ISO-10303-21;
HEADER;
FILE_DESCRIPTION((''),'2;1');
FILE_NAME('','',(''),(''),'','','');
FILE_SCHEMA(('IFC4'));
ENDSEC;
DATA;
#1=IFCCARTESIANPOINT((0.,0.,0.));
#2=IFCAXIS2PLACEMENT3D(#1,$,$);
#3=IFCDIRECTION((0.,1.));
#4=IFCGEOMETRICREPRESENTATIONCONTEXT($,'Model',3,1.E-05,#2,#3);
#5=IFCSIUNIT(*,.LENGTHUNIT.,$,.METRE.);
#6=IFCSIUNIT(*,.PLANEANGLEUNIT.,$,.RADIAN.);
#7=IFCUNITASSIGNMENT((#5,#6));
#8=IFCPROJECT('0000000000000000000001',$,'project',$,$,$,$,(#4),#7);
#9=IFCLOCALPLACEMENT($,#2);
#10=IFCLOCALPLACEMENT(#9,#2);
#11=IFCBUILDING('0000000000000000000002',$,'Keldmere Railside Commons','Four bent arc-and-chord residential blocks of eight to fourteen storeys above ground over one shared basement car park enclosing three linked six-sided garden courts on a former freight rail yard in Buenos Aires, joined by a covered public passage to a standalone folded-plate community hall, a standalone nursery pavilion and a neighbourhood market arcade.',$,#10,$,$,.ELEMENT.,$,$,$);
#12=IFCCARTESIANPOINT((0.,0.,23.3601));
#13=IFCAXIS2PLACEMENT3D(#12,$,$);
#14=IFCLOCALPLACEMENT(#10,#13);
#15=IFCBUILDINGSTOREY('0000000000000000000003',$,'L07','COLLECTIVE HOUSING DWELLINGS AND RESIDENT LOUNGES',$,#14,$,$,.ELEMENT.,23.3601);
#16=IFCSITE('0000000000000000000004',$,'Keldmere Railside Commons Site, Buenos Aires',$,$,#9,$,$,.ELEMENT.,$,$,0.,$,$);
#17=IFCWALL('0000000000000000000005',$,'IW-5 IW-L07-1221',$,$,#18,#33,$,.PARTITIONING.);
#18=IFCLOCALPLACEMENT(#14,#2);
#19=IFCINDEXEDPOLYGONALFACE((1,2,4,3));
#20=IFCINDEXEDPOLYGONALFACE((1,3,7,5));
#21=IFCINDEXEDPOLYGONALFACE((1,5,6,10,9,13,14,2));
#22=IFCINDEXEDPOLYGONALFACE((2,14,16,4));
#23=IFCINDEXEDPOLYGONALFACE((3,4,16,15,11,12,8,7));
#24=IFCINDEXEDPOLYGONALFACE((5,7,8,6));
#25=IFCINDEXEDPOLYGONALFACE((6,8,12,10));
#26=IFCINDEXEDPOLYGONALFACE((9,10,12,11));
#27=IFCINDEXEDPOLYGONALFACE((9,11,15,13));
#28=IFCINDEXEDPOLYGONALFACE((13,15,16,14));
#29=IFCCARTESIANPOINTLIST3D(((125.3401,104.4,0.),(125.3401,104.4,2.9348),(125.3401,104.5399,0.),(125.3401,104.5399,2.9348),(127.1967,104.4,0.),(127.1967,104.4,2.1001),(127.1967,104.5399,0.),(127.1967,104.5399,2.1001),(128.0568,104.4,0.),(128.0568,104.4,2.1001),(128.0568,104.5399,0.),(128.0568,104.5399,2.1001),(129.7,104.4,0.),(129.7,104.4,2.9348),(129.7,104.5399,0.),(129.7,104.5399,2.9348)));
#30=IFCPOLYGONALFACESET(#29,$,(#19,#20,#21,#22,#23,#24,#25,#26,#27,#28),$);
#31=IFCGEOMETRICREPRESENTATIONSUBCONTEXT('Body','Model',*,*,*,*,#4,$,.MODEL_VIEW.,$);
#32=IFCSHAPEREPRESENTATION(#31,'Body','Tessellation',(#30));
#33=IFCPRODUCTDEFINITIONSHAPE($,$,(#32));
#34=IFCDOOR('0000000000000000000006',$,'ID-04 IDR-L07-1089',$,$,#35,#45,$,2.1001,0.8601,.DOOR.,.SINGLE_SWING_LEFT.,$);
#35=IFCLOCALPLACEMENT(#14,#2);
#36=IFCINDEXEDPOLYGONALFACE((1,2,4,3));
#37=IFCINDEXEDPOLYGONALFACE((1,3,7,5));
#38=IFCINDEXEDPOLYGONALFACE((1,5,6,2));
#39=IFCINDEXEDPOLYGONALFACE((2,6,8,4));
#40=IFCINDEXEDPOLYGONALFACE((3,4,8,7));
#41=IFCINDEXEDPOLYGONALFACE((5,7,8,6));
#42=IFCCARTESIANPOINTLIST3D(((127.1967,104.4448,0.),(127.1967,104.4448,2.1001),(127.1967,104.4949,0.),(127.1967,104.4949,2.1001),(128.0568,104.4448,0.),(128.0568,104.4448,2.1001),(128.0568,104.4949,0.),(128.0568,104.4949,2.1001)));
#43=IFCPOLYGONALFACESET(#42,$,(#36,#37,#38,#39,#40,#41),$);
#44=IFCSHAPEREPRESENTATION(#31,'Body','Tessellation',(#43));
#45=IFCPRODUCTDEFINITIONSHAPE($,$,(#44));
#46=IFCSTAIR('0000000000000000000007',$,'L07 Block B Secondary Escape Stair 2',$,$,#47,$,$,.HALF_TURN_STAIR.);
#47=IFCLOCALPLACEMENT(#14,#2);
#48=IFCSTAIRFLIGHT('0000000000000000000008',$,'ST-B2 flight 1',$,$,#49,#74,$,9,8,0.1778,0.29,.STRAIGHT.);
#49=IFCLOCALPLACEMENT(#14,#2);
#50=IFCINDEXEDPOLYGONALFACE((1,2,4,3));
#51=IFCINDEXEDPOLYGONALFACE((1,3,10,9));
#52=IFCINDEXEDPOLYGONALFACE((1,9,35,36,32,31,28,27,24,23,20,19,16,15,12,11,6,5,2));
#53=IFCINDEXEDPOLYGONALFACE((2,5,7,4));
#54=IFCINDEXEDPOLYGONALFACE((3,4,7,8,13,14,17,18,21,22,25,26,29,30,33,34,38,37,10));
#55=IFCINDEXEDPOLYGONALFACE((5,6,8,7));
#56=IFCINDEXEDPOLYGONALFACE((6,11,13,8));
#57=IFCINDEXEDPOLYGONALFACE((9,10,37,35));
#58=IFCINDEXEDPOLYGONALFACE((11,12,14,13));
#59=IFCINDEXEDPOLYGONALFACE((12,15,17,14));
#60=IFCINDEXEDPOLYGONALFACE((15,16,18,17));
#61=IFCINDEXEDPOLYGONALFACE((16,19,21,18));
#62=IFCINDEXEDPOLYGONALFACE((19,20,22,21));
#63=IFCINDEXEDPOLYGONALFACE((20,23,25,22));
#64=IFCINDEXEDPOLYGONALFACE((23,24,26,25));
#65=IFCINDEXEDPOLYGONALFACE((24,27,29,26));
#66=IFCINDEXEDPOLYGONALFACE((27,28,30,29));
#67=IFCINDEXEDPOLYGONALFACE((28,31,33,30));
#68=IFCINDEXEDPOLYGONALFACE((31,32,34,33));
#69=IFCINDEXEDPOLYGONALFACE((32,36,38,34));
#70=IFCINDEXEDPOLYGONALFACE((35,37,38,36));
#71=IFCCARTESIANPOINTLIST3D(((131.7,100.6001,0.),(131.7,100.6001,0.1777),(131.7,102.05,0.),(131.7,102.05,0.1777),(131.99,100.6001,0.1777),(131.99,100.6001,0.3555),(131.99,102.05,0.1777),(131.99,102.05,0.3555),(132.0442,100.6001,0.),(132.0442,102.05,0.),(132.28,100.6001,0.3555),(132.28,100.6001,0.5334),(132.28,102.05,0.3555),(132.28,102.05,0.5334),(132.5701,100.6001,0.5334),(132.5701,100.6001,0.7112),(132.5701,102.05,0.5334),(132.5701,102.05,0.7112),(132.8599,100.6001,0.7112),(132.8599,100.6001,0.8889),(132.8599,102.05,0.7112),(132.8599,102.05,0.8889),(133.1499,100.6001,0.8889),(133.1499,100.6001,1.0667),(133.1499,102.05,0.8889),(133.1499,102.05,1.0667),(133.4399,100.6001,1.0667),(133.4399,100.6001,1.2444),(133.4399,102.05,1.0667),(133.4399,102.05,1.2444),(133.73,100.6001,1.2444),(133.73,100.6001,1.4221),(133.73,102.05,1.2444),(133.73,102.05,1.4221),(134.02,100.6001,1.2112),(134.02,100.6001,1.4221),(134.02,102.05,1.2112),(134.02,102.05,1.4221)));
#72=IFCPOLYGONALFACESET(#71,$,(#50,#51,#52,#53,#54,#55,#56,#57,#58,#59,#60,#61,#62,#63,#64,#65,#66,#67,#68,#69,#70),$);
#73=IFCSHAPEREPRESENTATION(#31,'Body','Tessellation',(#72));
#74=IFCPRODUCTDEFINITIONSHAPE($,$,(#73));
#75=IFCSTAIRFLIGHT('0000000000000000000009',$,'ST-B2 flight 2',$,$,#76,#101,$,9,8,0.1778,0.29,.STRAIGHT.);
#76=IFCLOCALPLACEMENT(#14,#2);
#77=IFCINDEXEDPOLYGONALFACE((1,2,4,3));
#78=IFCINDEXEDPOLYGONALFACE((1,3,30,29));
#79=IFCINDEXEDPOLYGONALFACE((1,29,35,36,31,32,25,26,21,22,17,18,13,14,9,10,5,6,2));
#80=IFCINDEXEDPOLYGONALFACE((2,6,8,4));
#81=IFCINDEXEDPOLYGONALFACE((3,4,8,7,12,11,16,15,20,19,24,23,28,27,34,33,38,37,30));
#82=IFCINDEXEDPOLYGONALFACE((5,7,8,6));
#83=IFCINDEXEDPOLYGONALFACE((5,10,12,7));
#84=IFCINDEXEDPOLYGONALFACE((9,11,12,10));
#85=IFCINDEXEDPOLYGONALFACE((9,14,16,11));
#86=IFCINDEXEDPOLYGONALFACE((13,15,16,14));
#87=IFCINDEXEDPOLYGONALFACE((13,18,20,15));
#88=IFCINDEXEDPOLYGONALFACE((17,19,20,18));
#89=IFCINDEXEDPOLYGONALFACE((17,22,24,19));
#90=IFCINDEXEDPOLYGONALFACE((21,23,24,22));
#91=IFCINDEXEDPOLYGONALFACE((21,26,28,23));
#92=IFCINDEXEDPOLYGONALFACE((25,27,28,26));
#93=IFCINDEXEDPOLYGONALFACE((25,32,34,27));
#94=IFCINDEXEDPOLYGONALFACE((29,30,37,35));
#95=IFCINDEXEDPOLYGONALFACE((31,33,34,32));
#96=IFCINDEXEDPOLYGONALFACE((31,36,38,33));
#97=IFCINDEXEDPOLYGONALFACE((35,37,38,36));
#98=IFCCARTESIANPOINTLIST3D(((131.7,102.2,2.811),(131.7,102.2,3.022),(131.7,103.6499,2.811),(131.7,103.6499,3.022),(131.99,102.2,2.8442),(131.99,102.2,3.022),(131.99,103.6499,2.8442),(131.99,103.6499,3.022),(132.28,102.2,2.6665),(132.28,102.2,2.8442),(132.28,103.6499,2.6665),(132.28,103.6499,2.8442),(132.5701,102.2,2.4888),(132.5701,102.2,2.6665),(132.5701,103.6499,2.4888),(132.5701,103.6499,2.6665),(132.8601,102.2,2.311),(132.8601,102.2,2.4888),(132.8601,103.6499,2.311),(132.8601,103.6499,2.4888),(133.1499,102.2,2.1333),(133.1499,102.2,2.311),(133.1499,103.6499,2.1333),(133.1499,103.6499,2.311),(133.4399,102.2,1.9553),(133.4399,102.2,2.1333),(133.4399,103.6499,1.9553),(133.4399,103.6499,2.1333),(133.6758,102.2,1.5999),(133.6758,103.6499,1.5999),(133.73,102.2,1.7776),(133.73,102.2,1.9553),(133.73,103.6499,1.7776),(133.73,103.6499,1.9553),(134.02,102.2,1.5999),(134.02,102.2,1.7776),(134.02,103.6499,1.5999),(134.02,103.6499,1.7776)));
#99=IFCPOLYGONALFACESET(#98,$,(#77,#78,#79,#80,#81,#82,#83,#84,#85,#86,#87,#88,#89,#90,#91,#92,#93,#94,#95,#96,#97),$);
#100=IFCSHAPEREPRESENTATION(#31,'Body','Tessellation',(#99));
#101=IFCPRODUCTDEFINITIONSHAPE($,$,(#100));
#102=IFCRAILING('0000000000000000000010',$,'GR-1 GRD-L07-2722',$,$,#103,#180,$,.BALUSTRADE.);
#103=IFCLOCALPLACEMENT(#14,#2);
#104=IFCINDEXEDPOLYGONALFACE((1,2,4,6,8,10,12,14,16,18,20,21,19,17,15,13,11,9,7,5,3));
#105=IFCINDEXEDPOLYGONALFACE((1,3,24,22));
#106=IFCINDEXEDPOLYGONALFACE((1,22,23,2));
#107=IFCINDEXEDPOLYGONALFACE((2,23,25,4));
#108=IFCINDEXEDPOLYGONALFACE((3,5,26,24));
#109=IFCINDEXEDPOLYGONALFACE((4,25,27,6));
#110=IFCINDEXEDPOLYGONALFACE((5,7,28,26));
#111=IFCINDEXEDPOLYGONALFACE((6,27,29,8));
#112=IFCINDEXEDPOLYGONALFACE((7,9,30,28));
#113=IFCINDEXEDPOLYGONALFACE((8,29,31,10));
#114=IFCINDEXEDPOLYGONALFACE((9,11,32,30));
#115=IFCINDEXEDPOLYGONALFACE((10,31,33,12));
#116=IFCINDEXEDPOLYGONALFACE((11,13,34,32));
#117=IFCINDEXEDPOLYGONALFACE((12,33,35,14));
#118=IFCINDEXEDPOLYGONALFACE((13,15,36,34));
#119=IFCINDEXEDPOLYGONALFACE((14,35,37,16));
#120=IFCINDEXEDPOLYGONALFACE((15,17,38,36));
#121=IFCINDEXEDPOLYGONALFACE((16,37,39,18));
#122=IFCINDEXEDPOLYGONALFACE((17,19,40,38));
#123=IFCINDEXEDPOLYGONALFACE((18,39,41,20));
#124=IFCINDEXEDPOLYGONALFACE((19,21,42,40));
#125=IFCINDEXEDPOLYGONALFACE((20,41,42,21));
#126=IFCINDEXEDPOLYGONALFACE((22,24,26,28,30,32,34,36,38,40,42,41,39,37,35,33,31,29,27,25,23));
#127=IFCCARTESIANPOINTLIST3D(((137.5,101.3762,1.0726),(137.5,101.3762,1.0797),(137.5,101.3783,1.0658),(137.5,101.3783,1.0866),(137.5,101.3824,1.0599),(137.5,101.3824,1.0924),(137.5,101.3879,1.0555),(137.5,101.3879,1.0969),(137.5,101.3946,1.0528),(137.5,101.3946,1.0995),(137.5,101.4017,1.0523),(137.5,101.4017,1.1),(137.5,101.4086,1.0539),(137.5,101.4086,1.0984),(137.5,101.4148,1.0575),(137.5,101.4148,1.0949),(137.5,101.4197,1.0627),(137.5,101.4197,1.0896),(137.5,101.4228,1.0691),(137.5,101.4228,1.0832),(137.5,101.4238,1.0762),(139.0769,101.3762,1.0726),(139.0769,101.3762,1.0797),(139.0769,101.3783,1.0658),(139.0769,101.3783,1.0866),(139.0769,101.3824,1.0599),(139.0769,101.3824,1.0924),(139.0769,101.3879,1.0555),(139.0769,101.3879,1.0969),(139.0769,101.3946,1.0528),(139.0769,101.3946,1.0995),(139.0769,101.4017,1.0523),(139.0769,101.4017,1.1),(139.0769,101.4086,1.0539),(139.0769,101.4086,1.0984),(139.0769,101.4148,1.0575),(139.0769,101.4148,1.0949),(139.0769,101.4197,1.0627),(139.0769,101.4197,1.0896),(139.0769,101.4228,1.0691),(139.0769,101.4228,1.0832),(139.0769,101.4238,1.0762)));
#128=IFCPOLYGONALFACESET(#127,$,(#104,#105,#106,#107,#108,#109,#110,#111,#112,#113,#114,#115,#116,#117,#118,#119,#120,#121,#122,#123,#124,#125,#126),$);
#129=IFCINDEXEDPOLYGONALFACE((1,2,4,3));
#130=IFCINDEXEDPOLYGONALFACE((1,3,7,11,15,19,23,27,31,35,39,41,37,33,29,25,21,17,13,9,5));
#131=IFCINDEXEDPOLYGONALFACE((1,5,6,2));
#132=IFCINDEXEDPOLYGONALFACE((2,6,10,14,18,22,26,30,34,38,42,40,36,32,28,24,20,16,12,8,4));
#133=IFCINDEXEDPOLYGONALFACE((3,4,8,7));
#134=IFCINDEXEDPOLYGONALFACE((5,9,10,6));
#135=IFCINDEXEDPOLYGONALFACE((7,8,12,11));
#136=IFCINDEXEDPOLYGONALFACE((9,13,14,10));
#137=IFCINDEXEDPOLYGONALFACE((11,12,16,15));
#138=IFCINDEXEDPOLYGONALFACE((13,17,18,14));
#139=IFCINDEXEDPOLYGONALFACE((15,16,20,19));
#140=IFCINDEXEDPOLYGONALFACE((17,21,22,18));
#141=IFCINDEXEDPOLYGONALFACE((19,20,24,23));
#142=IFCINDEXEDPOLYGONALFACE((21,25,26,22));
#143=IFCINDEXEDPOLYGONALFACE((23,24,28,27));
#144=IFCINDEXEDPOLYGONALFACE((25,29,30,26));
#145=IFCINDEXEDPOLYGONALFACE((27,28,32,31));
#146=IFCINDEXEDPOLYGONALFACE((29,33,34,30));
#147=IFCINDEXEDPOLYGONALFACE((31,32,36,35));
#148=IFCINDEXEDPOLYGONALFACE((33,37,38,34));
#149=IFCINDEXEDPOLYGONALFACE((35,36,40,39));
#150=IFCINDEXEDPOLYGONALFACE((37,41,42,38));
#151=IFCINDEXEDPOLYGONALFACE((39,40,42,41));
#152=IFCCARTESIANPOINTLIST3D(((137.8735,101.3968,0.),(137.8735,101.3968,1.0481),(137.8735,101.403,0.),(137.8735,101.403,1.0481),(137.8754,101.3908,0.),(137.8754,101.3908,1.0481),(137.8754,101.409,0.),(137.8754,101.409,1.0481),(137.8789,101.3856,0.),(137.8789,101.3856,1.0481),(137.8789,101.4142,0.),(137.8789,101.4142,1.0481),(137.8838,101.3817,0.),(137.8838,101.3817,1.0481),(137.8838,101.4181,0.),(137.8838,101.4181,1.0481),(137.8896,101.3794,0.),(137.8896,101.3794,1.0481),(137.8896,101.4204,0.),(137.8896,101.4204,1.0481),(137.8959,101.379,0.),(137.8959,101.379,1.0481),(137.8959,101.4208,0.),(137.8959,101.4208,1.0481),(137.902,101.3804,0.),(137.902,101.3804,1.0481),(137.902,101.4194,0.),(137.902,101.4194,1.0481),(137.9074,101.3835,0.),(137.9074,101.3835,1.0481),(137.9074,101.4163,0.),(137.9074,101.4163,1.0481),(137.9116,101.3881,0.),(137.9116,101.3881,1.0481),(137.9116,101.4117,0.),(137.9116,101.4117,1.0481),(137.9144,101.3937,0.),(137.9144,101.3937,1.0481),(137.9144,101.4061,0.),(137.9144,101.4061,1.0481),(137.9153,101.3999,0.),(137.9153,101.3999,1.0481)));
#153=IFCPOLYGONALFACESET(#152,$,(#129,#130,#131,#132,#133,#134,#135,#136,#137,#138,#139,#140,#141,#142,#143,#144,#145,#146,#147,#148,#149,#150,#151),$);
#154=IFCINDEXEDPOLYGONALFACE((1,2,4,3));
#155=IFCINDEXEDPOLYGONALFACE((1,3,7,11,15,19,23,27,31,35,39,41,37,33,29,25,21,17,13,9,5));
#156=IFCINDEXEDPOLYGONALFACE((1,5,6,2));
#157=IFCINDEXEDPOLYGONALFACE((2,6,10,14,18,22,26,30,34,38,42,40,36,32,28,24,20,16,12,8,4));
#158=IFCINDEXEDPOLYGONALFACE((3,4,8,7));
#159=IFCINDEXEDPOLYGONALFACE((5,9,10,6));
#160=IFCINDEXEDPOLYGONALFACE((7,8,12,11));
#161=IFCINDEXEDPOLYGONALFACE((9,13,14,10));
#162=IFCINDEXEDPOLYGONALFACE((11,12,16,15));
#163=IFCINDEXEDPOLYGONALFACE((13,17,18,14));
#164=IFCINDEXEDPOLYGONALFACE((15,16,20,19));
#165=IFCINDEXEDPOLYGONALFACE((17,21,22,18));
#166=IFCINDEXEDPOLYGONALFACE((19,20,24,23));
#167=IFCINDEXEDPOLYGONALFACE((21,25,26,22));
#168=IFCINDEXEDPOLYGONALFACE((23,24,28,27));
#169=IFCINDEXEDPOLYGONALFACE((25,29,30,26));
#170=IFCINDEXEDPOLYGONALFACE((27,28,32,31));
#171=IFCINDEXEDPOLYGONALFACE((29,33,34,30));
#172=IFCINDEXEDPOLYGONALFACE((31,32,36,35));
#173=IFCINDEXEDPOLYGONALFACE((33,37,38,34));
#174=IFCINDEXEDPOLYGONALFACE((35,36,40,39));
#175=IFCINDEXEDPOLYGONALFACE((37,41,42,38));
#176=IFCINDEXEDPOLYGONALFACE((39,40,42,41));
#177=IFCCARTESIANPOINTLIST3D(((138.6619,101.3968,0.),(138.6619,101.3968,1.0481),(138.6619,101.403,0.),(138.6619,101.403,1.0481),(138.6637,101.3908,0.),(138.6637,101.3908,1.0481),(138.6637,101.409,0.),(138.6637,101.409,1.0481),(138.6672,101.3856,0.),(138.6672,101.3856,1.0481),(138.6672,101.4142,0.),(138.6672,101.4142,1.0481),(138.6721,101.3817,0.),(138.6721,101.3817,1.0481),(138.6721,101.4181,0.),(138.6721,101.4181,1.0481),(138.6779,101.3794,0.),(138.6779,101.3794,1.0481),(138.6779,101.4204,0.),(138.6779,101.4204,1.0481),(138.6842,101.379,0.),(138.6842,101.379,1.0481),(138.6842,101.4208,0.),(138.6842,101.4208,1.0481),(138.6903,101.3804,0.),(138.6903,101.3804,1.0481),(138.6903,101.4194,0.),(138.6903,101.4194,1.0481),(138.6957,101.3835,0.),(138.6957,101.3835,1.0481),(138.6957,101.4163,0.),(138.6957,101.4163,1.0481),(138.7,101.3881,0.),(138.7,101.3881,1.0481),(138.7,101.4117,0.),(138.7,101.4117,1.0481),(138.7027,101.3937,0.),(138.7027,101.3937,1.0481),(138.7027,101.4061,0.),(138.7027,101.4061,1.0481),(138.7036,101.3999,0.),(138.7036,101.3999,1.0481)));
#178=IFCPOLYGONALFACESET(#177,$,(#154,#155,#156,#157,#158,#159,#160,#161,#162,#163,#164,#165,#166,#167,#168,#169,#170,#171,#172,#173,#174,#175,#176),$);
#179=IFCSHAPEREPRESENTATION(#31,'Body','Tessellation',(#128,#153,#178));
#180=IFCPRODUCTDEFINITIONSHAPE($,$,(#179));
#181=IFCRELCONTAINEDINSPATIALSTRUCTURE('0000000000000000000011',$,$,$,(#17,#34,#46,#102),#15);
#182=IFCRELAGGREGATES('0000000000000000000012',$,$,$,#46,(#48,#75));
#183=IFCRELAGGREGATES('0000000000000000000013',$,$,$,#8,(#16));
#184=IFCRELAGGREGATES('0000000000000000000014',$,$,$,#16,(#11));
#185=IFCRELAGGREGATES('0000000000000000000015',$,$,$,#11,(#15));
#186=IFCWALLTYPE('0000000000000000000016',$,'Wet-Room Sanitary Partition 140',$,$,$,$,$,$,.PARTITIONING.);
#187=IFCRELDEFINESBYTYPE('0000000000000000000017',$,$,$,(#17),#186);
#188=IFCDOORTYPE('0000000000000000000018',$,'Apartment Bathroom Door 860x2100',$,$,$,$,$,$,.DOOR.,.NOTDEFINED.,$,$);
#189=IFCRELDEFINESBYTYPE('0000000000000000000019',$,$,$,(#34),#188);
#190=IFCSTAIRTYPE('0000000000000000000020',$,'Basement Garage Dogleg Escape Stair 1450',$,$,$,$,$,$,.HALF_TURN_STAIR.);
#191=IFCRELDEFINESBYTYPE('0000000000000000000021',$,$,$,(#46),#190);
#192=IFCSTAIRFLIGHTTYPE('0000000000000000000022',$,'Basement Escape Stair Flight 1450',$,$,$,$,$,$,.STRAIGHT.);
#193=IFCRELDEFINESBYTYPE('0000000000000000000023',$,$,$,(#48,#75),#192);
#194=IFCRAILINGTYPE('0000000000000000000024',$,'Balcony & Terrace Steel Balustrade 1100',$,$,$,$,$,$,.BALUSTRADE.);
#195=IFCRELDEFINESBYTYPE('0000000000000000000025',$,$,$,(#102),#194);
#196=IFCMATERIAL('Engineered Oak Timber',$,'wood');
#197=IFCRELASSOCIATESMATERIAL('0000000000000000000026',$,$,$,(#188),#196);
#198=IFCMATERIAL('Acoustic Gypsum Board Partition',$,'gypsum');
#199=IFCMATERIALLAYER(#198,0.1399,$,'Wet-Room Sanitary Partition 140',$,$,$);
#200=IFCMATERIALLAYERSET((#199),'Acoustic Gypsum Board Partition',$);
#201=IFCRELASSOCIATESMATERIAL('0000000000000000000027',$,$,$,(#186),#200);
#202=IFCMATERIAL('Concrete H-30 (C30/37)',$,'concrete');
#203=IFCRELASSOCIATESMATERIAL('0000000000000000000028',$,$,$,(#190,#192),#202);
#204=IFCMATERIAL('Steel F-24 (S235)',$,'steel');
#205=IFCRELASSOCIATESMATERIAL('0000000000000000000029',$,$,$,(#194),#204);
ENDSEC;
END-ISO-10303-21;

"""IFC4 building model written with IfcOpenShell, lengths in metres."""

from ifc_helpers import new_model, si_unit, direction, frame, frame_2d, origin, origin_2d, place, context, subcontext, project, spatial, polyline, rectangle, circle, outline, extrude, material, layer, layer_set, type_object, element, fill, aggregate, save


model = new_model("IFC4")

# Units and contexts
model_context = context("Model", 3, precision=1e-05, world=origin(), true_north=direction((0.0, 1.0)))
body_context = subcontext(model_context, "Body", "Model", "MODEL_VIEW")
ifc_project = project(units=[si_unit("LENGTHUNIT", "METRE"), si_unit("PLANEANGLEUNIT", "RADIAN")], contexts=[model_context])

# Site, building, storey
site_placement = place(None, origin())
site = spatial("IfcSite", under=ifc_project, at=site_placement, Name="Keldmere Railside Commons Site, Buenos Aires", CompositionType="ELEMENT", RefElevation=0.0)
building_placement = place(site_placement, origin())
building = spatial("IfcBuilding", under=site, at=building_placement, Name="Keldmere Railside Commons", Description="Four bent arc-and-chord residential blocks of eight to fourteen storeys above ground over one shared basement car park enclosing three linked six-sided garden courts on a former freight rail yard in Buenos Aires, joined by a covered public passage to a standalone folded-plate community hall, a standalone nursery pavilion and a neighbourhood market arcade.", CompositionType="ELEMENT")
storey_placement = place(building_placement, frame((0.0, 0.0, 23.3601)))
storey = spatial("IfcBuildingStorey", under=building, at=storey_placement, Name="L07", Description="COLLECTIVE HOUSING DWELLINGS AND RESIDENT LOUNGES", CompositionType="ELEMENT", Elevation=23.3601)

# Shared definitions
ifc_material_1 = material(Name="Concrete H-30 (C30/37)", Category="concrete")

# Shared definitions
ifc_material_2 = material(Name="Acoustic Gypsum Board Partition", Category="gypsum")
ifc_material_3 = material(Name="Engineered Oak Timber", Category="wood")
door_type_1 = type_object("IfcDoorType", Name="Apartment Bathroom Door 860x2100", OperationType="NOTDEFINED", PredefinedType="DOOR", material=ifc_material_3)

# Shared definitions
ifc_material_4 = material(Name="Steel F-24 (S235)", Category="steel")

# Wall, opening, door
ifc_layer_1 = layer(ifc_material_2, 0.1399, Name="Wet-Room Sanitary Partition 140")
ifc_layer_set_1 = layer_set([ifc_layer_1], Name="Acoustic Gypsum Board Partition")
wall_type_1 = type_object("IfcWallType", Name="Wet-Room Sanitary Partition 140", PredefinedType="PARTITIONING", material=ifc_layer_set_1)
wall_1_placement = place(storey_placement, frame((125.3401, 104.47, 0.0), z_axis=(0.0, 0.0, 1.0), x_axis=(1.0, 0.0, 0.0)))
wall_1 = element("IfcWall", 1, at=wall_1_placement, inside=storey, type_object=wall_type_1, Name="IW-5 IW-L07-1221", PredefinedType="PARTITIONING", context=body_context, shape_type="SweptSolid", body=[
    extrude(rectangle(XDim=4.3599, YDim=0.1399, at=frame_2d((2.1799, 0.0))), origin(), (0.0, 0.0, 1.0), 2.9348),
])
opening_1_placement = place(wall_1_placement, frame((1.8564, 0.0, 0.0)))
opening_1 = element("IfcOpeningElement", 2, at=opening_1_placement, cuts=wall_1, PredefinedType="OPENING", context=body_context, shape_type="SweptSolid", body=[
    extrude(rectangle(XDim=0.8601, YDim=2.1001, at=frame_2d((0.4302, 1.05))), frame((0.0, 0.0798, 0.0), z_axis=(0.0, -1.0, 0.0), x_axis=(1.0, 0.0, 0.0)), (0.0, 0.0, 1.0), 0.1599),
])
door_1_placement = place(opening_1_placement, origin())
door_1 = element("IfcDoor", 3, at=door_1_placement, inside=storey, type_object=door_type_1, Name="ID-04 IDR-L07-1089", OperationType="SINGLE_SWING_LEFT", OverallHeight=2.1001, OverallWidth=0.8601, PredefinedType="DOOR", context=body_context, shape_type="SweptSolid", body=[
    extrude(rectangle(XDim=0.8601, YDim=2.1001, at=frame_2d((0.4302, 1.05))), frame((0.0, 0.0249, 0.0), z_axis=(0.0, -1.0, 0.0), x_axis=(1.0, 0.0, 0.0)), (0.0, 0.0, 1.0), 0.05),
])
fill(opening_1, door_1)

# Stair, stair flights
stair_type = type_object("IfcStairType", Name="Basement Garage Dogleg Escape Stair 1450", PredefinedType="HALF_TURN_STAIR", material=ifc_material_1)
stair_placement = place(storey_placement, origin())
stair = element("IfcStair", 4, at=stair_placement, inside=storey, type_object=stair_type, Name="L07 Block B Secondary Escape Stair 2", PredefinedType="HALF_TURN_STAIR")
stair_flight_type = type_object("IfcStairFlightType", Name="Basement Escape Stair Flight 1450", PredefinedType="STRAIGHT", material=ifc_material_1)
stair_flight_1_placement = place(storey_placement, frame((131.7, 101.325, 0.0), z_axis=(0.0, 0.0, 1.0), x_axis=(1.0, 0.0, 0.0)))
stair_flight_1 = element("IfcStairFlight", 5, at=stair_flight_1_placement, type_object=stair_flight_type, Name="ST-B2 flight 1", NumberOfRisers=9, NumberOfTreads=8, PredefinedType="STRAIGHT", RiserHeight=0.1778, TreadLength=0.29, context=body_context, shape_type="SweptSolid", body=[
    extrude(outline(polyline([(0.0, 0.0), (0.0, 0.1777), (0.29, 0.1777), (0.29, 0.3555), (0.5801, 0.3555), (0.5801, 0.5334), (0.8701, 0.5334), (0.8701, 0.7112), (1.1599, 0.7112), (1.1599, 0.8889), (1.45, 0.8889), (1.45, 1.0667), (1.74, 1.0667), (1.74, 1.2444), (2.03, 1.2444), (2.03, 1.4221), (2.3201, 1.4221), (2.3201, 1.6001), (2.3201, 1.2112), (0.3442, 0.0), (0.0, 0.0)])), frame((0.0, 0.7251, 0.0), z_axis=(0.0, -1.0, 0.0), x_axis=(1.0, 0.0, 0.0)), (0.0, 0.0, 1.0), 1.45),
])
stair_flight_2_placement = place(storey_placement, frame((134.02, 102.925, 1.5999), z_axis=(0.0, 0.0, 1.0), x_axis=(-1.0, 0.0, 0.0)))
stair_flight_2 = element("IfcStairFlight", 6, at=stair_flight_2_placement, type_object=stair_flight_type, Name="ST-B2 flight 2", NumberOfRisers=9, NumberOfTreads=8, PredefinedType="STRAIGHT", RiserHeight=0.1778, TreadLength=0.29, context=body_context, shape_type="SweptSolid", body=[
    extrude(outline(polyline([(0.0, 0.0), (0.0, 0.1777), (0.29, 0.1777), (0.29, 0.3555), (0.5801, 0.3555), (0.5801, 0.5334), (0.8701, 0.5334), (0.8701, 0.7112), (1.1599, 0.7112), (1.1599, 0.8889), (1.45, 0.8889), (1.45, 1.0667), (1.74, 1.0667), (1.74, 1.2444), (2.03, 1.2444), (2.03, 1.4221), (2.3201, 1.4221), (2.3201, 1.6001), (2.3201, 1.2112), (0.3442, 0.0), (0.0, 0.0)])), frame((0.0, 0.7251, 0.0), z_axis=(0.0, -1.0, 0.0), x_axis=(1.0, 0.0, 0.0)), (0.0, 0.0, 1.0), 1.45),
])
aggregate(stair, [stair_flight_1, stair_flight_2])

# Railing
railing_type_1 = type_object("IfcRailingType", Name="Balcony & Terrace Steel Balustrade 1100", PredefinedType="BALUSTRADE", material=ifc_material_4)
railing_1_placement = place(storey_placement, frame((137.5, 101.3999, 0.0)))
element("IfcRailing", 7, at=railing_1_placement, inside=storey, type_object=railing_type_1, Name="GR-1 GRD-L07-2722", PredefinedType="BALUSTRADE", context=body_context, shape_type="SweptSolid", body=[
    extrude(circle(Radius=0.0239, at=origin_2d()), frame((0.0, 0.0, 1.0762), z_axis=(1.0, 0.0, 0.0), x_axis=(0.0, 1.0, 0.0)), (0.0, 0.0, 1.0), 1.5769),
    extrude(circle(Radius=0.021, at=origin_2d()), frame((0.3943, 0.0, 0.0)), (0.0, 0.0, 1.0), 1.0481),
    extrude(circle(Radius=0.021, at=origin_2d()), frame((1.1826, 0.0, 0.0)), (0.0, 0.0, 1.0), 1.0481),
])

save(model, "model.ifc")
